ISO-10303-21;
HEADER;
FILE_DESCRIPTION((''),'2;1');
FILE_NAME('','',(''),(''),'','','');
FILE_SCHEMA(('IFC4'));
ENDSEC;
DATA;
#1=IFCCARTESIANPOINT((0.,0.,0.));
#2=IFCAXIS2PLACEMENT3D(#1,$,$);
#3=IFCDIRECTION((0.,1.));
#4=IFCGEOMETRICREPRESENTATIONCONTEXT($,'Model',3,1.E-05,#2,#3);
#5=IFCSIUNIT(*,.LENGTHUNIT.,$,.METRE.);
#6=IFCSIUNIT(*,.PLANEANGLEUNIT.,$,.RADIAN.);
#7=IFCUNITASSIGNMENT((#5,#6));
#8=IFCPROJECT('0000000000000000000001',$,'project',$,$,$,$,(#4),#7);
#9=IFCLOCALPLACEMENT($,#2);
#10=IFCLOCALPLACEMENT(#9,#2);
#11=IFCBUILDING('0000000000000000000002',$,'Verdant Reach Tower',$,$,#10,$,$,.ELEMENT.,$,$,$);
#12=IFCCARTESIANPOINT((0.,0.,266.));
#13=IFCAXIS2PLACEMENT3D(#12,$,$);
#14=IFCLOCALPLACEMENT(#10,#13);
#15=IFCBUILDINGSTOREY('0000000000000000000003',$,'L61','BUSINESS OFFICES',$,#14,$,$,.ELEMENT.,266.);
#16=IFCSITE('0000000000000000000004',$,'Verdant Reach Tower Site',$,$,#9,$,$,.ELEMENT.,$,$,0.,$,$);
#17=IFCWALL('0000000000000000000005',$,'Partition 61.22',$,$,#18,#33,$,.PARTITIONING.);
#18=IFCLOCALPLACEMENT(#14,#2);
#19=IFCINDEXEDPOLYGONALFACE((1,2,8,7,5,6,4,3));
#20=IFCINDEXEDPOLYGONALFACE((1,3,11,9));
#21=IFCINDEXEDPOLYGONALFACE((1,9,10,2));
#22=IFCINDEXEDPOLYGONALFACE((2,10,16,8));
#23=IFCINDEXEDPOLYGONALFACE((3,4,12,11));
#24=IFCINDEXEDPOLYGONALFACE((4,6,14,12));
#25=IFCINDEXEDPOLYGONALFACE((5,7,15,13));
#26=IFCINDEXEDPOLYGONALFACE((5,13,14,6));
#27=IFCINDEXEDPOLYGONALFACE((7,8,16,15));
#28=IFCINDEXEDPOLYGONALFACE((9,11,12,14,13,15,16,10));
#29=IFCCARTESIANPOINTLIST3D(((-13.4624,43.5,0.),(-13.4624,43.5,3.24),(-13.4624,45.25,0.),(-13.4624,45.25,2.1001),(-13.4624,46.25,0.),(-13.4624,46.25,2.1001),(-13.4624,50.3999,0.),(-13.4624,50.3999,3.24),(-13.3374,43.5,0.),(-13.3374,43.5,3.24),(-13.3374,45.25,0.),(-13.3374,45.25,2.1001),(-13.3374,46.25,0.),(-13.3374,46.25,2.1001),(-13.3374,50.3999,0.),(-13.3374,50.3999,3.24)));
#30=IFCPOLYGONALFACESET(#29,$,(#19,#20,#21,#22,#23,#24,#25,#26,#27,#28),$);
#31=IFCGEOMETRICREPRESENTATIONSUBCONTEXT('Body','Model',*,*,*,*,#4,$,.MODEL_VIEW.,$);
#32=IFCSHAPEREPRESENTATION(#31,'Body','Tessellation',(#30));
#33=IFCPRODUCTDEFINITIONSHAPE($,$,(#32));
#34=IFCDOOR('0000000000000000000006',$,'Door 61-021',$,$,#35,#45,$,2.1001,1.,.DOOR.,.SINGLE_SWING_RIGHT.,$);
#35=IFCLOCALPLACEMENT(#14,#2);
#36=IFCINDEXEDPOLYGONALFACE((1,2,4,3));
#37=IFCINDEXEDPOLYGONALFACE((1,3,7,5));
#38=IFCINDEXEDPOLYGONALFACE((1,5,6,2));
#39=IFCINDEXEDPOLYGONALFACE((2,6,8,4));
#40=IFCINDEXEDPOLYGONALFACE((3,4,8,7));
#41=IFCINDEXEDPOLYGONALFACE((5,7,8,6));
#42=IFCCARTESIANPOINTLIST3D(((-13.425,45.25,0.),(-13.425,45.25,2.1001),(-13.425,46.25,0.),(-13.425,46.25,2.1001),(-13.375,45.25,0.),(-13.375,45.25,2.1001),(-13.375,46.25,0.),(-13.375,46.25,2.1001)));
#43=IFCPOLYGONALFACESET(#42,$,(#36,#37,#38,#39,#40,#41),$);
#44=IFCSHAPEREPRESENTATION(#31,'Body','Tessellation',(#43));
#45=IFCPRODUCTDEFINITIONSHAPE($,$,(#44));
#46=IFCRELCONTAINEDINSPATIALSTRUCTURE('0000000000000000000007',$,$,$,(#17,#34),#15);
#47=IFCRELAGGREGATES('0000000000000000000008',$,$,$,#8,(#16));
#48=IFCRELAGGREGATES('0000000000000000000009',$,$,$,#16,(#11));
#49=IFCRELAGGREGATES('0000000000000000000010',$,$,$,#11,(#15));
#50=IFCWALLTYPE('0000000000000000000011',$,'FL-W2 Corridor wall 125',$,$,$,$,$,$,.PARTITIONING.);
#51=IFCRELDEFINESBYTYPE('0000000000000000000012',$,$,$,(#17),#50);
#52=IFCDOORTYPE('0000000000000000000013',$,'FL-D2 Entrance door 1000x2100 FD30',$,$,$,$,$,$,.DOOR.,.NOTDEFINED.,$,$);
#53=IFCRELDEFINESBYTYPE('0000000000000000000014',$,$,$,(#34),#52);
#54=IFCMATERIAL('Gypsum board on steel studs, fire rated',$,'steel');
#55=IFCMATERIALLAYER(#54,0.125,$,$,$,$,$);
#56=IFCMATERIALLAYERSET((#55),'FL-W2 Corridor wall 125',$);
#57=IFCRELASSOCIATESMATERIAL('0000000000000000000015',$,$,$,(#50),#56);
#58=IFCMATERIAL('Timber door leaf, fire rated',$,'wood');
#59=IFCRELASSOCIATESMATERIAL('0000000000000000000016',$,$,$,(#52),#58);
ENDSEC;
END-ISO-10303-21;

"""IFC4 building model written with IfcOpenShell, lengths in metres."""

from ifc_helpers import new_model, si_unit, direction, frame, frame_2d, origin, place, context, subcontext, project, spatial, rectangle, extrude, material, layer, layer_set, type_object, element, fill, save


model = new_model("IFC4")

# Units and contexts
model_context = context("Model", 3, precision=1e-05, world=origin(), true_north=direction((0.0, 1.0)))
body_context = subcontext(model_context, "Body", "Model", "MODEL_VIEW")
ifc_project = project(units=[si_unit("LENGTHUNIT", "METRE"), si_unit("PLANEANGLEUNIT", "RADIAN")], contexts=[model_context])

# Site, building, storey
site_placement = place(None, origin())
site = spatial("IfcSite", under=ifc_project, at=site_placement, Name="Verdant Reach Tower Site", CompositionType="ELEMENT", RefElevation=0.0)
building_placement = place(site_placement, origin())
building = spatial("IfcBuilding", under=site, at=building_placement, Name="Verdant Reach Tower", CompositionType="ELEMENT")
storey_placement = place(building_placement, frame((0.0, 0.0, 266.0)))
storey = spatial("IfcBuildingStorey", under=building, at=storey_placement, Name="L61", Description="BUSINESS OFFICES", CompositionType="ELEMENT", Elevation=266.0)

# Shared definitions
ifc_material_1 = material(Name="Gypsum board on steel studs, fire rated", Category="steel")
ifc_layer_1 = layer(ifc_material_1, 0.125)
ifc_layer_set_1 = layer_set([ifc_layer_1], Name="FL-W2 Corridor wall 125")
wall_type_1 = type_object("IfcWallType", Name="FL-W2 Corridor wall 125", PredefinedType="PARTITIONING", material=ifc_layer_set_1)
ifc_material_2 = material(Name="Timber door leaf, fire rated", Category="wood")
door_type_1 = type_object("IfcDoorType", Name="FL-D2 Entrance door 1000x2100 FD30", OperationType="NOTDEFINED", PredefinedType="DOOR", material=ifc_material_2)

# Wall, opening, door
wall_1_placement = place(storey_placement, frame((-13.3999, 50.3999, 0.0), z_axis=(0.0, 0.0, 1.0), x_axis=(0.0, -1.0, 0.0)))
wall_1 = element("IfcWall", 1, at=wall_1_placement, inside=storey, type_object=wall_type_1, Name="Partition 61.22", PredefinedType="PARTITIONING", context=body_context, shape_type="SweptSolid", body=[
    extrude(rectangle(XDim=6.8999, YDim=0.125, at=frame_2d((3.45, 0.0))), origin(), (0.0, 0.0, 1.0), 3.24),
])
opening_1_placement = place(wall_1_placement, frame((4.1499, 0.0, 0.0)))
opening_1 = element("IfcOpeningElement", 2, at=opening_1_placement, cuts=wall_1, PredefinedType="OPENING", context=body_context, shape_type="SweptSolid", body=[
    extrude(rectangle(XDim=1.0, YDim=2.1001, at=frame_2d((0.5, 1.05))), frame((0.0, 0.0725, 0.0), z_axis=(0.0, -1.0, 0.0), x_axis=(1.0, 0.0, 0.0)), (0.0, 0.0, 1.0), 0.145),
])
door_1_placement = place(opening_1_placement, origin())
door_1 = element("IfcDoor", 3, at=door_1_placement, inside=storey, type_object=door_type_1, Name="Door 61-021", OperationType="SINGLE_SWING_RIGHT", OverallHeight=2.1001, OverallWidth=1.0, PredefinedType="DOOR", context=body_context, shape_type="SweptSolid", body=[
    extrude(rectangle(XDim=1.0, YDim=2.1001, at=frame_2d((0.5, 1.05))), frame((0.0, 0.0249, 0.0), z_axis=(0.0, -1.0, 0.0), x_axis=(1.0, 0.0, 0.0)), (0.0, 0.0, 1.0), 0.05),
])
fill(opening_1, door_1)

save(model, "model.ifc")
